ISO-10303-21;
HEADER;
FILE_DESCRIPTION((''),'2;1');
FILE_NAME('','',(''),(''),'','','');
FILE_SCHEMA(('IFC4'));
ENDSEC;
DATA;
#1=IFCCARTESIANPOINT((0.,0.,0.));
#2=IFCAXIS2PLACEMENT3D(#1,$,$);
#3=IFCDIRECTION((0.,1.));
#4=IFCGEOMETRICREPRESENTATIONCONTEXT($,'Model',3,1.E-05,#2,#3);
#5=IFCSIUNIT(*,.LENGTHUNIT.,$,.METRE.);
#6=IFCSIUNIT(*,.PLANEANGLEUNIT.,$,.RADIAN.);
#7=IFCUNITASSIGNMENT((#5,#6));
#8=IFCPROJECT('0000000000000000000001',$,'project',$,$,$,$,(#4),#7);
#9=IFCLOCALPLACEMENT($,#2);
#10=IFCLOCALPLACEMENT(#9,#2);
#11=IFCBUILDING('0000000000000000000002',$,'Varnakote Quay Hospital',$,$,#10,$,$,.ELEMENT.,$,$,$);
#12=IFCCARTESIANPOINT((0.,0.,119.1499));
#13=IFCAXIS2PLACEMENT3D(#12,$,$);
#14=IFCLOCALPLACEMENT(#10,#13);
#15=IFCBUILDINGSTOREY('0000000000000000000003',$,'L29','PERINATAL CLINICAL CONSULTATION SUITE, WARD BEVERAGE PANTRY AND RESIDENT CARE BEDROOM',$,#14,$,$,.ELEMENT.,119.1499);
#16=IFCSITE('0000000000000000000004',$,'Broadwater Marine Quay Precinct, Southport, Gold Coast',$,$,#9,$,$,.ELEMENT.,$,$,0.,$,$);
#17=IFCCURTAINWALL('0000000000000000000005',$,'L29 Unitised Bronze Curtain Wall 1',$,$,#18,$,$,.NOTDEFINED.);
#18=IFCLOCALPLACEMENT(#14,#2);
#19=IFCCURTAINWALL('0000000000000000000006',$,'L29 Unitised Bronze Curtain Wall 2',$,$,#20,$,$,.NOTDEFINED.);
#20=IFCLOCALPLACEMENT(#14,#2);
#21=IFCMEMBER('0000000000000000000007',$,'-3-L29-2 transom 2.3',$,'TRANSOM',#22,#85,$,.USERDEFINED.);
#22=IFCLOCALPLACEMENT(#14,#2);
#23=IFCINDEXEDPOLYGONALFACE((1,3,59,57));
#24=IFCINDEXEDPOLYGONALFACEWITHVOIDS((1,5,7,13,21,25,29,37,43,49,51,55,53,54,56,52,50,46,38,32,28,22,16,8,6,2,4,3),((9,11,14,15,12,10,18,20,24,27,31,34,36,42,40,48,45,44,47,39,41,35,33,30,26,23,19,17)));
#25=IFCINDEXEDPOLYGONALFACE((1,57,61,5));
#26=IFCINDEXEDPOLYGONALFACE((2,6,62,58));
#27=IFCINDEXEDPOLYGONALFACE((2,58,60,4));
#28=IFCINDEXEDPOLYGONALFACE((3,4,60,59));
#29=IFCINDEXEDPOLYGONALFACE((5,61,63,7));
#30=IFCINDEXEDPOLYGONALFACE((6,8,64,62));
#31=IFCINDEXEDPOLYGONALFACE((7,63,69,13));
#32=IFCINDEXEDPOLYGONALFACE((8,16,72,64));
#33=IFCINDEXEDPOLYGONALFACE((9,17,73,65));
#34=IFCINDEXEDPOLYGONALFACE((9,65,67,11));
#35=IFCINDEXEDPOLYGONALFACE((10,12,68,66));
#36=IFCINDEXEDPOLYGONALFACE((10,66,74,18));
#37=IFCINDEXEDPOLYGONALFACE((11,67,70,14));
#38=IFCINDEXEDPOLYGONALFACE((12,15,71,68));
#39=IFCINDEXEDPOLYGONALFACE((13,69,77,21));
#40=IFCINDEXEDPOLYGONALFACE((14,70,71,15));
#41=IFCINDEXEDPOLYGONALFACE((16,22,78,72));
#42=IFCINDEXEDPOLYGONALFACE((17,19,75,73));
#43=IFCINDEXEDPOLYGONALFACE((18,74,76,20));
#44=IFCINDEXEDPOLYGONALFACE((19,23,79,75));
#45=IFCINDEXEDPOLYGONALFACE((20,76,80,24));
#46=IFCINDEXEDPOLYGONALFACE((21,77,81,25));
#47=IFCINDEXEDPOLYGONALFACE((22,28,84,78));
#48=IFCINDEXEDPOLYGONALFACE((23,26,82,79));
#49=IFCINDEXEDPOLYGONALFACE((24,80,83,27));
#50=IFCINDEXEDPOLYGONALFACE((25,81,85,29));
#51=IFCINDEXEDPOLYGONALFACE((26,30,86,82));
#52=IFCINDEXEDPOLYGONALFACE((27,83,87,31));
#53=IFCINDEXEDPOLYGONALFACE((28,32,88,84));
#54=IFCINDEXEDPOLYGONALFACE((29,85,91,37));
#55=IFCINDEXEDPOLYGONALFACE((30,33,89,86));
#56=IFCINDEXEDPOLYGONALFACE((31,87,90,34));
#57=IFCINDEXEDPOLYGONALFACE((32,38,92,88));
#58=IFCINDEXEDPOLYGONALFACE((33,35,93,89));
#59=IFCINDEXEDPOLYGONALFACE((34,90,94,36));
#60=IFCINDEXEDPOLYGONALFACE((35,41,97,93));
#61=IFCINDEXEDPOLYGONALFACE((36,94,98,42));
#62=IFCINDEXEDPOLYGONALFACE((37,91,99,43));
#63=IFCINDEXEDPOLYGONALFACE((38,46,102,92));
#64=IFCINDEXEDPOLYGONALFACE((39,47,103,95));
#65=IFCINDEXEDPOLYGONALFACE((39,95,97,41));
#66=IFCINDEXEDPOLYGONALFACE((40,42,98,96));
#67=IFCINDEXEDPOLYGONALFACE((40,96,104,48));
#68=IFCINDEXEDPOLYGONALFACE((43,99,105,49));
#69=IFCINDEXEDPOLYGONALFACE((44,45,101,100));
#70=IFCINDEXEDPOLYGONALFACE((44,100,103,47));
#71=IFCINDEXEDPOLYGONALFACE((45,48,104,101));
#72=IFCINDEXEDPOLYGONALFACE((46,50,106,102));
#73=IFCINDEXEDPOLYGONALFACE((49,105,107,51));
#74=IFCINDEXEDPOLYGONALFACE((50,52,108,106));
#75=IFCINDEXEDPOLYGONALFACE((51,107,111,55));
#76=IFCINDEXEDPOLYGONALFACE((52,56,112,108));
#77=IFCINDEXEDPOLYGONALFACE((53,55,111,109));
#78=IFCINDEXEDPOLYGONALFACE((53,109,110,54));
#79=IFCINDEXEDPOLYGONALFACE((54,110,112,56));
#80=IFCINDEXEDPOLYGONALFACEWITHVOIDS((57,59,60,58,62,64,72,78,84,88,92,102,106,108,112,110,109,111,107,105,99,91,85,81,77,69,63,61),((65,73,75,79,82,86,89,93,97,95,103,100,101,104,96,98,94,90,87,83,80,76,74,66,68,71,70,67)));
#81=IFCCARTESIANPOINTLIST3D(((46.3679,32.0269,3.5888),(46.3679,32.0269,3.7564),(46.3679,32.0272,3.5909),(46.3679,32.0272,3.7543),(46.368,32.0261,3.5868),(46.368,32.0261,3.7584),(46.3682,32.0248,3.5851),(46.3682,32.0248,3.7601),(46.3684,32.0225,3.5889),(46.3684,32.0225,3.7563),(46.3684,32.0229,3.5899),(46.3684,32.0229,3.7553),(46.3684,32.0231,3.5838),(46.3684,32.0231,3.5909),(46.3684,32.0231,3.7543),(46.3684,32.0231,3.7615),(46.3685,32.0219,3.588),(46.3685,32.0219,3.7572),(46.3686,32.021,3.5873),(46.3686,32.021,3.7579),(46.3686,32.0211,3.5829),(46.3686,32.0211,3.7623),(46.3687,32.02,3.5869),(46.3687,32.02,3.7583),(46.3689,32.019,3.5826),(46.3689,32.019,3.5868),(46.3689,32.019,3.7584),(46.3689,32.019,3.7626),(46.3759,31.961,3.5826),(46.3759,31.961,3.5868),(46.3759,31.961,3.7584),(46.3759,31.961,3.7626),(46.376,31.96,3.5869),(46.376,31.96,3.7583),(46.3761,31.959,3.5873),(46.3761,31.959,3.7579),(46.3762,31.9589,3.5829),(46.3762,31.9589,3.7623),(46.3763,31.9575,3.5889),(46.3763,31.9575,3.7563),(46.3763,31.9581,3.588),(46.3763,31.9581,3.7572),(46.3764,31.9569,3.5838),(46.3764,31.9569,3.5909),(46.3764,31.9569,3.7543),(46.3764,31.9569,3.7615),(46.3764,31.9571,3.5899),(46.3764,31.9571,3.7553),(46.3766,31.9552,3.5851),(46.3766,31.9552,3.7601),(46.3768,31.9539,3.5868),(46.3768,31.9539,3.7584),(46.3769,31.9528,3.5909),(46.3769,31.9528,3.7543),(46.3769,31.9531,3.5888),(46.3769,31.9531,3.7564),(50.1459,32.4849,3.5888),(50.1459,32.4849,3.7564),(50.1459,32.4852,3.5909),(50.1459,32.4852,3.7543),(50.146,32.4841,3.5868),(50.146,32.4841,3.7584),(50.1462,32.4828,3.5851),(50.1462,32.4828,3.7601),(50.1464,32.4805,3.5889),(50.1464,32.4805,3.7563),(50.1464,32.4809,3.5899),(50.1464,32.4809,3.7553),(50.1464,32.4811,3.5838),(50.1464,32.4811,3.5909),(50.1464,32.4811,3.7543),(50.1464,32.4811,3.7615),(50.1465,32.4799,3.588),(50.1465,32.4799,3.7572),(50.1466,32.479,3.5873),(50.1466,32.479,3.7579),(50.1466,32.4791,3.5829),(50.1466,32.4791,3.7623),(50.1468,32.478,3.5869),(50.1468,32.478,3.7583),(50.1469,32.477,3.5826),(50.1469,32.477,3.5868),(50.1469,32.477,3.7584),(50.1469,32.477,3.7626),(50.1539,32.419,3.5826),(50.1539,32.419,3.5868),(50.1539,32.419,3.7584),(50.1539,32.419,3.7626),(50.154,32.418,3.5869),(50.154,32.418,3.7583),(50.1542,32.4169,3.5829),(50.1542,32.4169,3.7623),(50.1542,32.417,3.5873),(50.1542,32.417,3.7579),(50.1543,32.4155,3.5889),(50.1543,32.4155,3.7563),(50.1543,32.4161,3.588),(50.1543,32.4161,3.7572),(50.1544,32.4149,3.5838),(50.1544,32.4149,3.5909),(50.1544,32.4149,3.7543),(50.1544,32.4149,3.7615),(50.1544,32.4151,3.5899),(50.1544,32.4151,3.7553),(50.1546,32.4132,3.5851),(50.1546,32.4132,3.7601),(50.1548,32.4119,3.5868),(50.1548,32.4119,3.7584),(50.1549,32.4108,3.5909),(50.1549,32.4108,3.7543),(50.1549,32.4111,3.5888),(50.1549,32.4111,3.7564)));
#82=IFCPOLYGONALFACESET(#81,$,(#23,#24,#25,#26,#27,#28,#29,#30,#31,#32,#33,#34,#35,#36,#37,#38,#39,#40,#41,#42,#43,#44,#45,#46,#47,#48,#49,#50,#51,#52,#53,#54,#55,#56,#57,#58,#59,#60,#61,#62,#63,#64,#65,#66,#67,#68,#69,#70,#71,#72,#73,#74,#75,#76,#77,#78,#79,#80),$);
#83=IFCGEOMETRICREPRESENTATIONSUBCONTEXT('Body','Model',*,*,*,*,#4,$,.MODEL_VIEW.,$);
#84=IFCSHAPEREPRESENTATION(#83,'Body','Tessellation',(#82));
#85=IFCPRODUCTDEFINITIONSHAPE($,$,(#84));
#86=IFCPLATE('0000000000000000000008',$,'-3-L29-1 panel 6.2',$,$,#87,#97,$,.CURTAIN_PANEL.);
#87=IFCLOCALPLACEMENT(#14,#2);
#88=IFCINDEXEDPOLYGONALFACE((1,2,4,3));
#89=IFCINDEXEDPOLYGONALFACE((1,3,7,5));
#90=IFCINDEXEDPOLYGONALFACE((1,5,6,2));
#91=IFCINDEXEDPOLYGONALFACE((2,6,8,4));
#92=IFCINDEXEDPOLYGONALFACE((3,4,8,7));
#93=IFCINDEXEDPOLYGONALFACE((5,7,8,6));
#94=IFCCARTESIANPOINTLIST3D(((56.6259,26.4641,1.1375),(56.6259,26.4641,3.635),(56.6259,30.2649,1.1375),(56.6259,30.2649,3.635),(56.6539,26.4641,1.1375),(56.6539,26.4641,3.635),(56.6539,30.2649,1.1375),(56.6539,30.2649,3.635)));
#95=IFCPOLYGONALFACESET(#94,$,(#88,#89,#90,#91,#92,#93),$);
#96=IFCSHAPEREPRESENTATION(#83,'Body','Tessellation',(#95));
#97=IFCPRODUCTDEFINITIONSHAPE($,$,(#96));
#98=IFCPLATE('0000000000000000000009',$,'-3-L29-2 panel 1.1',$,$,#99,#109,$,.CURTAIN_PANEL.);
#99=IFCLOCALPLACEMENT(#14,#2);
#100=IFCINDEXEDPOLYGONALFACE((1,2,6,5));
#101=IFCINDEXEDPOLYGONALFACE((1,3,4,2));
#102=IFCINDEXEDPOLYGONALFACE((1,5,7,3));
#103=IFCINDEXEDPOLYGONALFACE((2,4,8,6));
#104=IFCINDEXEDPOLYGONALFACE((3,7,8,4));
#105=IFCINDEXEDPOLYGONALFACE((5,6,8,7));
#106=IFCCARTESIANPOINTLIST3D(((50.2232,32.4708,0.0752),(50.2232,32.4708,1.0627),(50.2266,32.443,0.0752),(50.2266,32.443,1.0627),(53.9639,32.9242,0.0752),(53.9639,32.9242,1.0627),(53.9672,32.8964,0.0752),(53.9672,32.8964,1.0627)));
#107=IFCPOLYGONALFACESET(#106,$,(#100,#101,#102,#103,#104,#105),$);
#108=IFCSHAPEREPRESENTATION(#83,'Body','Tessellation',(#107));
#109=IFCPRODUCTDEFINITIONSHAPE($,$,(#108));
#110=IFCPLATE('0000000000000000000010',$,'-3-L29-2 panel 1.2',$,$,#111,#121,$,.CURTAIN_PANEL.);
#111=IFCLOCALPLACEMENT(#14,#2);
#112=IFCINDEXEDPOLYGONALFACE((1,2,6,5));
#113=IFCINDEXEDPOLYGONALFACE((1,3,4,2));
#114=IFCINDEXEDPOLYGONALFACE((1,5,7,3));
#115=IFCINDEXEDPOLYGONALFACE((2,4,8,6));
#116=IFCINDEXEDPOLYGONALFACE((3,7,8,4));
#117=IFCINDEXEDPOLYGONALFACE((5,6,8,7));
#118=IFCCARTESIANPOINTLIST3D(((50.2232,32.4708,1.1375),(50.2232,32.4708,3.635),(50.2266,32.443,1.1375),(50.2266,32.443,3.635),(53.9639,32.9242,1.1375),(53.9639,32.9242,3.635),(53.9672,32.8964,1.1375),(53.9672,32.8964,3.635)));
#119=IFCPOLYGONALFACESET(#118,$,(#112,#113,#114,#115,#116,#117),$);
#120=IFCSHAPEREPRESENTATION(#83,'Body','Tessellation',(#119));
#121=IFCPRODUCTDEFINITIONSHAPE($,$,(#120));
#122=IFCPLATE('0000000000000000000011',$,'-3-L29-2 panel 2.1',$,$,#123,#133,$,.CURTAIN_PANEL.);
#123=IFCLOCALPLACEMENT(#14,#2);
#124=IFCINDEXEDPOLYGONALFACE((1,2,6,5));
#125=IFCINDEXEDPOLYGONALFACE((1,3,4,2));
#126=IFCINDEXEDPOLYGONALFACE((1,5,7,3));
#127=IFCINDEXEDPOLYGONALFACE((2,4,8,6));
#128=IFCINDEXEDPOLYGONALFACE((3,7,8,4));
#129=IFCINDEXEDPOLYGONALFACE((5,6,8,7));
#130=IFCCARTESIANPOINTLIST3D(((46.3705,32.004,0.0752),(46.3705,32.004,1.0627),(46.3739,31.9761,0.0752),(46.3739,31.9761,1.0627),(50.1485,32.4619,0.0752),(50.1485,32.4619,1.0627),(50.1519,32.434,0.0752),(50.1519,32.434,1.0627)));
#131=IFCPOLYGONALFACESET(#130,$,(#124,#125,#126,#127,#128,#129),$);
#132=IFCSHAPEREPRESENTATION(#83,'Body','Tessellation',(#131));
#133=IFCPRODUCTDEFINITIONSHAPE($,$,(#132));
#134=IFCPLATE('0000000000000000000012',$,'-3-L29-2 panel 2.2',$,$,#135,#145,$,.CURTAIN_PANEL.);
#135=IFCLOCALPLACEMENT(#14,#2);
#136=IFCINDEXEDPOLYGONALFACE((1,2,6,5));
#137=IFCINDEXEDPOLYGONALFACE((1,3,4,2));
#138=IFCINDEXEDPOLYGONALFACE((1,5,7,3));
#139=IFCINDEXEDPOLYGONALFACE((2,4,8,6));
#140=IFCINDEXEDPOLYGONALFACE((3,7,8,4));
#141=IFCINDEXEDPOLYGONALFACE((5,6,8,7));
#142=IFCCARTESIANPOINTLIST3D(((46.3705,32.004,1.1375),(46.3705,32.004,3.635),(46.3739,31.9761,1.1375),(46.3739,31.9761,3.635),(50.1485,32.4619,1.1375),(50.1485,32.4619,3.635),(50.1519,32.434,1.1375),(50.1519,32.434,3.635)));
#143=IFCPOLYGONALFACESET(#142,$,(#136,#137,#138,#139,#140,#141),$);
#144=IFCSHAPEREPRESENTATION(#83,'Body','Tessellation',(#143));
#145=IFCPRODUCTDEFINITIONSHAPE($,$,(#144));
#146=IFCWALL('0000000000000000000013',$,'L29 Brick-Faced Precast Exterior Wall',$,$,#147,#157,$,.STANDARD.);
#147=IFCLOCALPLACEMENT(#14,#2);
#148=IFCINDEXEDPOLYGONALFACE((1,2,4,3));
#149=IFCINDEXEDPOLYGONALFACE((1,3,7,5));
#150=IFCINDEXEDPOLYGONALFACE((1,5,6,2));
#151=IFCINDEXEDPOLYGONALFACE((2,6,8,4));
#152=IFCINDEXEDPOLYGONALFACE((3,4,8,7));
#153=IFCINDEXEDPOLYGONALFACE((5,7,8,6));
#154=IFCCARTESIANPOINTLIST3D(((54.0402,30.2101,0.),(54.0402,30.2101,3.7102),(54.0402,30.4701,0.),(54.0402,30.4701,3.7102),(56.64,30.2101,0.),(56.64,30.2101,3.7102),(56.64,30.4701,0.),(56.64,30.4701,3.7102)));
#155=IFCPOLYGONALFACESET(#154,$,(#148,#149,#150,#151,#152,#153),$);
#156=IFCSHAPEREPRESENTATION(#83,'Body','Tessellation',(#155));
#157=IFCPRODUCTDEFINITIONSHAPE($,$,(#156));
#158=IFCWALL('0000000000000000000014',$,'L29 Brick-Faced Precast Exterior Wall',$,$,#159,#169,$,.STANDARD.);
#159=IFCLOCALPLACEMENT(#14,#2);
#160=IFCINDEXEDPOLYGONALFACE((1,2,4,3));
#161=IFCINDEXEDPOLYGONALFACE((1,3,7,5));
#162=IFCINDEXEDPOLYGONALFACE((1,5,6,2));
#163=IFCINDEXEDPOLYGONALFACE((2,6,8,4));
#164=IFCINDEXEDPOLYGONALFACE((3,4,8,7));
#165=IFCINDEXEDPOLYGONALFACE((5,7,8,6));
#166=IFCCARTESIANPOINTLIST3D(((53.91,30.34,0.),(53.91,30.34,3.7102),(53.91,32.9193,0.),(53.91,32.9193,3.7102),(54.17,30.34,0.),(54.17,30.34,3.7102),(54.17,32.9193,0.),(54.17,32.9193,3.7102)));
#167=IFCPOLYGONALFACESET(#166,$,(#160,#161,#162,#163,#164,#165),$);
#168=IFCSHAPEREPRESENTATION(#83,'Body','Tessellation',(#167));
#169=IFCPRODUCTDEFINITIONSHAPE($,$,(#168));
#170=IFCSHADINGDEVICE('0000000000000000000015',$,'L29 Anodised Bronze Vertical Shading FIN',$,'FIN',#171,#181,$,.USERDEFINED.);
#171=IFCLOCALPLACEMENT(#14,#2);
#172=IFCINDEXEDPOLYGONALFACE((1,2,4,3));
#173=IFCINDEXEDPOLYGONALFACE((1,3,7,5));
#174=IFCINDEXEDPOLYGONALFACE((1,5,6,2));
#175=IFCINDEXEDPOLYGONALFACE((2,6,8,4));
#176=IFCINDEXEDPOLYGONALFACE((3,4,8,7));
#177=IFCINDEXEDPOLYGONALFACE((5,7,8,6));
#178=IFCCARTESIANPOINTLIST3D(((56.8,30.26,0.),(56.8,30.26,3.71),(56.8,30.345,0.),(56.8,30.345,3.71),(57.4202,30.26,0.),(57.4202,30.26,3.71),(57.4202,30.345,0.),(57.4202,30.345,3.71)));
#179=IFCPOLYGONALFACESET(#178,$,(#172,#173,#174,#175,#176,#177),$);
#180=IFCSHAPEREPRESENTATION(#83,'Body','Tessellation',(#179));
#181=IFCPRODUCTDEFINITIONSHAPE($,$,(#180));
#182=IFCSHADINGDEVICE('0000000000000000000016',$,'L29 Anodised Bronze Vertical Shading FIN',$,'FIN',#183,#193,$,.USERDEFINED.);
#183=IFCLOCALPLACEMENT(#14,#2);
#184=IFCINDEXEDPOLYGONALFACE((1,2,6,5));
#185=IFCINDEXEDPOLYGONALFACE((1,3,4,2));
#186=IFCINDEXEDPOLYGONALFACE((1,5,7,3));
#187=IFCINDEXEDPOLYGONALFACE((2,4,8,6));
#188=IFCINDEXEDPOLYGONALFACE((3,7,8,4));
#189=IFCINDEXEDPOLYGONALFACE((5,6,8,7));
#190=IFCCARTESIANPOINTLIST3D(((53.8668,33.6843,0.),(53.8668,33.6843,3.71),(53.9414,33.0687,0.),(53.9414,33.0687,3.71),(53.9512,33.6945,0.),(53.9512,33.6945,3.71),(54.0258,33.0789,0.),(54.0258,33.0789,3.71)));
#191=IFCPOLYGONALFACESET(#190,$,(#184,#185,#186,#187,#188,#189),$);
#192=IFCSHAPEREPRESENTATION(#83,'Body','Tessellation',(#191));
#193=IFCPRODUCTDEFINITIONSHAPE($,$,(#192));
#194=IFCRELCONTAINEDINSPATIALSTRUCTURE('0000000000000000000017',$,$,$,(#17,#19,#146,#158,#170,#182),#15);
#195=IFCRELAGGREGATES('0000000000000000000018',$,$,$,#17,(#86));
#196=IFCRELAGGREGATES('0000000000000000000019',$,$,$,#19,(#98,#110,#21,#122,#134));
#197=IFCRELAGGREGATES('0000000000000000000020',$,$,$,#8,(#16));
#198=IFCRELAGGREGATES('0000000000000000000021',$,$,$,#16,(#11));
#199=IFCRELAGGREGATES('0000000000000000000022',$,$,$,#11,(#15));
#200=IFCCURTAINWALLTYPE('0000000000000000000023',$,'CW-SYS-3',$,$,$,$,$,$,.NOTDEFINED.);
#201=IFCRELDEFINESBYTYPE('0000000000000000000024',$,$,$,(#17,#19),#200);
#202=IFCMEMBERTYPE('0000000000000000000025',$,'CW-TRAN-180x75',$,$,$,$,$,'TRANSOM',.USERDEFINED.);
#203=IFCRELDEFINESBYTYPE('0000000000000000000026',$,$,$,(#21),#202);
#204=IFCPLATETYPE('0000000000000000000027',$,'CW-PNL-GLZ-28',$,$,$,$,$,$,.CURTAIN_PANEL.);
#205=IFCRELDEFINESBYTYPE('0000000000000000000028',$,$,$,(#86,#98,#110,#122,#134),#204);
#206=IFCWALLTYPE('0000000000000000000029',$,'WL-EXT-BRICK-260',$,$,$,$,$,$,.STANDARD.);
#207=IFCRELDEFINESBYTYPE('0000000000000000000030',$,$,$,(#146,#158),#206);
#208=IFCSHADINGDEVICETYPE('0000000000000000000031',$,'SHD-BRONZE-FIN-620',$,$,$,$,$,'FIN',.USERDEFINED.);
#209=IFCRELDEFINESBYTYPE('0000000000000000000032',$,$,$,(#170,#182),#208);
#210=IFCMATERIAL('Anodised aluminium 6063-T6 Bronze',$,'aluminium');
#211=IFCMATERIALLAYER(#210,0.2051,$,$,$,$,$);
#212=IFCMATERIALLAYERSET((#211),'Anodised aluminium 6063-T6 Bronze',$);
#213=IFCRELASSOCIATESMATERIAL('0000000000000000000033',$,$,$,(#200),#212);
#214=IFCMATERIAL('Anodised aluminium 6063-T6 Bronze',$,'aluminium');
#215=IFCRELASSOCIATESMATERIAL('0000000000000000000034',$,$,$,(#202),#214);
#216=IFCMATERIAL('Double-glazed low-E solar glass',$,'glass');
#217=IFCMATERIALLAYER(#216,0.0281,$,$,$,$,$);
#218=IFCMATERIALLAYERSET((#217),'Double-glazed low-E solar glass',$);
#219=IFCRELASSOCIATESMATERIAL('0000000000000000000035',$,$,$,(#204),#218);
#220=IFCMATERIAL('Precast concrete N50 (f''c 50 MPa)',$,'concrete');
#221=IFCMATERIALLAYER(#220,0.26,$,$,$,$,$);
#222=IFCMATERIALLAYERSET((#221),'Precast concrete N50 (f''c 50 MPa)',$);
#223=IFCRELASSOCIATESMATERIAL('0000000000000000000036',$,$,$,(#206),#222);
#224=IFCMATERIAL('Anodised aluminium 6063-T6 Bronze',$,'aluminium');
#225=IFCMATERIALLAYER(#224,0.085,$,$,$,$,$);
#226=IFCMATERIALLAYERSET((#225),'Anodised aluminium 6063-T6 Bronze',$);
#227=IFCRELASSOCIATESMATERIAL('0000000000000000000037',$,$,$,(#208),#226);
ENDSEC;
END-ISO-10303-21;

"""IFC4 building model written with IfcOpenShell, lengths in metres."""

from ifc_helpers import new_model, si_unit, direction, frame, frame_2d, origin, origin_2d, place, context, subcontext, project, spatial, rectangle, hollow_rectangle, extrude, material, layer, layer_set, material_profile, profile_set, type_object, element, aggregate, save


model = new_model("IFC4")

# Units and contexts
model_context = context("Model", 3, precision=1e-05, world=origin(), true_north=direction((0.0, 1.0)))
body_context = subcontext(model_context, "Body", "Model", "MODEL_VIEW")
ifc_project = project(units=[si_unit("LENGTHUNIT", "METRE"), si_unit("PLANEANGLEUNIT", "RADIAN")], contexts=[model_context])

# Site, building, storey
site_placement = place(None, origin())
site = spatial("IfcSite", under=ifc_project, at=site_placement, Name="Broadwater Marine Quay Precinct, Southport, Gold Coast", CompositionType="ELEMENT", RefElevation=0.0)
building_placement = place(site_placement, origin())
building = spatial("IfcBuilding", under=site, at=building_placement, Name="Varnakote Quay Hospital", CompositionType="ELEMENT")
storey_placement = place(building_placement, frame((0.0, 0.0, 119.1499)))
storey = spatial("IfcBuildingStorey", under=building, at=storey_placement, Name="L29", Description="PERINATAL CLINICAL CONSULTATION SUITE, WARD BEVERAGE PANTRY AND RESIDENT CARE BEDROOM", CompositionType="ELEMENT", Elevation=119.1499)

# Curtain wall
ifc_material_1 = material(Name="Anodised aluminium 6063-T6 Bronze", Category="aluminium")
ifc_layer_1 = layer(ifc_material_1, 0.2051)
ifc_layer_set_1 = layer_set([ifc_layer_1], Name="Anodised aluminium 6063-T6 Bronze")
curtain_wall_type = type_object("IfcCurtainWallType", Name="CW-SYS-3", PredefinedType="NOTDEFINED", material=ifc_layer_set_1)
curtain_wall_1_placement = place(storey_placement, origin())
curtain_wall_1 = element("IfcCurtainWall", 1, at=curtain_wall_1_placement, inside=storey, type_object=curtain_wall_type, Name="L29 Unitised Bronze Curtain Wall 1", PredefinedType="NOTDEFINED")

# Curtain wall, member
curtain_wall_2_placement = place(storey_placement, origin())
curtain_wall_2 = element("IfcCurtainWall", 2, at=curtain_wall_2_placement, inside=storey, type_object=curtain_wall_type, Name="L29 Unitised Bronze Curtain Wall 2", PredefinedType="NOTDEFINED")
ifc_material_2 = material(Name="Anodised aluminium 6063-T6 Bronze", Category="aluminium")
ifc_material_profile_1 = material_profile(ifc_material_2, hollow_rectangle(XDim=0.075, YDim=0.1799, WallThickness=0.0042, InnerFilletRadius=0.0042, OuterFilletRadius=0.0083, at=origin_2d()), Name="CW-TRAN-180x75")
ifc_profile_set_1 = profile_set([ifc_material_profile_1], Name="Anodised aluminium 6063-T6 Bronze")
member_type_1 = type_object("IfcMemberType", Name="CW-TRAN-180x75", ElementType="TRANSOM", PredefinedType="USERDEFINED", material=ifc_profile_set_1)
member_1_placement = place(storey_placement, frame((50.1504, 32.448, 3.6726), z_axis=(-0.992732, -0.120347, 0.0), x_axis=(0.120347, -0.992732, 0.0)))
member_1 = element("IfcMember", 3, at=member_1_placement, type_object=member_type_1, Name="-3-L29-2 transom 2.3", ObjectType="TRANSOM", PredefinedType="USERDEFINED", context=body_context, shape_type="SweptSolid", body=[
    extrude(hollow_rectangle(XDim=0.075, YDim=0.1799, WallThickness=0.0042, InnerFilletRadius=0.0042, OuterFilletRadius=0.0083, at=origin_2d()), origin(), (0.0, 0.0, 1.0), 3.8057),
])

# Plates
ifc_material_3 = material(Name="Double-glazed low-E solar glass", Category="glass")
ifc_layer_2 = layer(ifc_material_3, 0.0281)
ifc_layer_set_2 = layer_set([ifc_layer_2], Name="Double-glazed low-E solar glass")
plate_type = type_object("IfcPlateType", Name="CW-PNL-GLZ-28", PredefinedType="CURTAIN_PANEL", material=ifc_layer_set_2)
plate_1_placement = place(storey_placement, frame((56.6399, 28.3645, 1.1375), z_axis=(0.0, 0.0, 1.0), x_axis=(0.0, 1.0, 0.0)))
plate_1 = element("IfcPlate", 4, at=plate_1_placement, type_object=plate_type, Name="-3-L29-1 panel 6.2", PredefinedType="CURTAIN_PANEL", context=body_context, shape_type="SweptSolid", body=[
    extrude(rectangle(XDim=3.8008, YDim=0.0281, at=origin_2d()), origin(), (0.0, 0.0, 1.0), 2.4976),
])
aggregate(curtain_wall_1, [plate_1])
plate_2_placement = place(storey_placement, frame((52.0952, 32.6836, 0.0752), z_axis=(0.0, 0.0, 1.0), x_axis=(-0.992734, -0.120327, 0.0)))
plate_2 = element("IfcPlate", 5, at=plate_2_placement, type_object=plate_type, Name="-3-L29-2 panel 1.1", PredefinedType="CURTAIN_PANEL", context=body_context, shape_type="SweptSolid", body=[
    extrude(rectangle(XDim=3.7681, YDim=0.0281, at=origin_2d()), origin(), (0.0, 0.0, 1.0), 0.9875),
])
plate_3_placement = place(storey_placement, frame((52.0952, 32.6836, 1.1375), z_axis=(0.0, 0.0, 1.0), x_axis=(-0.992734, -0.120327, 0.0)))
plate_3 = element("IfcPlate", 6, at=plate_3_placement, type_object=plate_type, Name="-3-L29-2 panel 1.2", PredefinedType="CURTAIN_PANEL", context=body_context, shape_type="SweptSolid", body=[
    extrude(rectangle(XDim=3.7681, YDim=0.0281, at=origin_2d()), origin(), (0.0, 0.0, 1.0), 2.4976),
])
plate_4_placement = place(storey_placement, frame((48.2612, 32.219, 0.0752), z_axis=(0.0, 0.0, 1.0), x_axis=(-0.992734, -0.120327, 0.0)))
plate_4 = element("IfcPlate", 7, at=plate_4_placement, type_object=plate_type, Name="-3-L29-2 panel 2.1", PredefinedType="CURTAIN_PANEL", context=body_context, shape_type="SweptSolid", body=[
    extrude(rectangle(XDim=3.8057, YDim=0.0281, at=origin_2d()), origin(), (0.0, 0.0, 1.0), 0.9875),
])
plate_5_placement = place(storey_placement, frame((48.2612, 32.219, 1.1375), z_axis=(0.0, 0.0, 1.0), x_axis=(-0.992734, -0.120327, 0.0)))
plate_5 = element("IfcPlate", 8, at=plate_5_placement, type_object=plate_type, Name="-3-L29-2 panel 2.2", PredefinedType="CURTAIN_PANEL", context=body_context, shape_type="SweptSolid", body=[
    extrude(rectangle(XDim=3.8057, YDim=0.0281, at=origin_2d()), origin(), (0.0, 0.0, 1.0), 2.4976),
])
aggregate(curtain_wall_2, [plate_2, plate_3, member_1, plate_4, plate_5])

# Walls
ifc_material_4 = material(Name="Precast concrete N50 (f'c 50 MPa)", Category="concrete")
ifc_layer_3 = layer(ifc_material_4, 0.26)
ifc_layer_set_3 = layer_set([ifc_layer_3], Name="Precast concrete N50 (f'c 50 MPa)")
wall_type = type_object("IfcWallType", Name="WL-EXT-BRICK-260", PredefinedType="STANDARD", material=ifc_layer_set_3)
wall_1_placement = place(storey_placement, frame((56.6399, 30.3401, 0.0), z_axis=(0.0, 0.0, 1.0), x_axis=(-1.0, 0.0, 0.0)))
element("IfcWall", 9, at=wall_1_placement, inside=storey, type_object=wall_type, Name="L29 Brick-Faced Precast Exterior Wall", PredefinedType="STANDARD", context=body_context, shape_type="SweptSolid", body=[
    extrude(rectangle(XDim=2.5999, YDim=0.26, at=frame_2d((1.2998, 0.0))), origin(), (0.0, 0.0, 1.0), 3.7102),
])
wall_2_placement = place(storey_placement, frame((54.04, 30.3401, 0.0), z_axis=(0.0, 0.0, 1.0), x_axis=(0.0, 1.0, 0.0)))
element("IfcWall", 10, at=wall_2_placement, inside=storey, type_object=wall_type, Name="L29 Brick-Faced Precast Exterior Wall", PredefinedType="STANDARD", context=body_context, shape_type="SweptSolid", body=[
    extrude(rectangle(XDim=2.5793, YDim=0.26, at=frame_2d((1.2896, 0.0))), origin(), (0.0, 0.0, 1.0), 3.7102),
])

# Shading devices
ifc_material_5 = material(Name="Anodised aluminium 6063-T6 Bronze", Category="aluminium")
ifc_layer_4 = layer(ifc_material_5, 0.085)
ifc_layer_set_4 = layer_set([ifc_layer_4], Name="Anodised aluminium 6063-T6 Bronze")
shading_device_type = type_object("IfcShadingDeviceType", Name="SHD-BRONZE-FIN-620", ElementType="FIN", PredefinedType="USERDEFINED", material=ifc_layer_set_4)
for number, where, z_axis, x_axis, name in (
    (11, (57.1101, 30.3025, 0.0), (0.0, 0.0, 1.0), (-1.0, 0.0, 0.0), "L29 Anodised Bronze Vertical Shading FIN"),
    (12, (53.9463, 33.3816, 0.0), (0.0, 0.0, 1.0), (0.12031, -0.992736, 0.0), "L29 Anodised Bronze Vertical Shading FIN"),
):
    element("IfcShadingDevice", number, at=place(storey_placement, frame(where, z_axis=z_axis, x_axis=x_axis)), inside=storey, type_object=shading_device_type, Name=name, ObjectType="FIN", PredefinedType="USERDEFINED", context=body_context, shape_type="SweptSolid", body=[
        extrude(rectangle(XDim=0.6201, YDim=0.085, at=origin_2d()), origin(), (0.0, 0.0, 1.0), 3.71),
    ])

save(model, "model.ifc")
